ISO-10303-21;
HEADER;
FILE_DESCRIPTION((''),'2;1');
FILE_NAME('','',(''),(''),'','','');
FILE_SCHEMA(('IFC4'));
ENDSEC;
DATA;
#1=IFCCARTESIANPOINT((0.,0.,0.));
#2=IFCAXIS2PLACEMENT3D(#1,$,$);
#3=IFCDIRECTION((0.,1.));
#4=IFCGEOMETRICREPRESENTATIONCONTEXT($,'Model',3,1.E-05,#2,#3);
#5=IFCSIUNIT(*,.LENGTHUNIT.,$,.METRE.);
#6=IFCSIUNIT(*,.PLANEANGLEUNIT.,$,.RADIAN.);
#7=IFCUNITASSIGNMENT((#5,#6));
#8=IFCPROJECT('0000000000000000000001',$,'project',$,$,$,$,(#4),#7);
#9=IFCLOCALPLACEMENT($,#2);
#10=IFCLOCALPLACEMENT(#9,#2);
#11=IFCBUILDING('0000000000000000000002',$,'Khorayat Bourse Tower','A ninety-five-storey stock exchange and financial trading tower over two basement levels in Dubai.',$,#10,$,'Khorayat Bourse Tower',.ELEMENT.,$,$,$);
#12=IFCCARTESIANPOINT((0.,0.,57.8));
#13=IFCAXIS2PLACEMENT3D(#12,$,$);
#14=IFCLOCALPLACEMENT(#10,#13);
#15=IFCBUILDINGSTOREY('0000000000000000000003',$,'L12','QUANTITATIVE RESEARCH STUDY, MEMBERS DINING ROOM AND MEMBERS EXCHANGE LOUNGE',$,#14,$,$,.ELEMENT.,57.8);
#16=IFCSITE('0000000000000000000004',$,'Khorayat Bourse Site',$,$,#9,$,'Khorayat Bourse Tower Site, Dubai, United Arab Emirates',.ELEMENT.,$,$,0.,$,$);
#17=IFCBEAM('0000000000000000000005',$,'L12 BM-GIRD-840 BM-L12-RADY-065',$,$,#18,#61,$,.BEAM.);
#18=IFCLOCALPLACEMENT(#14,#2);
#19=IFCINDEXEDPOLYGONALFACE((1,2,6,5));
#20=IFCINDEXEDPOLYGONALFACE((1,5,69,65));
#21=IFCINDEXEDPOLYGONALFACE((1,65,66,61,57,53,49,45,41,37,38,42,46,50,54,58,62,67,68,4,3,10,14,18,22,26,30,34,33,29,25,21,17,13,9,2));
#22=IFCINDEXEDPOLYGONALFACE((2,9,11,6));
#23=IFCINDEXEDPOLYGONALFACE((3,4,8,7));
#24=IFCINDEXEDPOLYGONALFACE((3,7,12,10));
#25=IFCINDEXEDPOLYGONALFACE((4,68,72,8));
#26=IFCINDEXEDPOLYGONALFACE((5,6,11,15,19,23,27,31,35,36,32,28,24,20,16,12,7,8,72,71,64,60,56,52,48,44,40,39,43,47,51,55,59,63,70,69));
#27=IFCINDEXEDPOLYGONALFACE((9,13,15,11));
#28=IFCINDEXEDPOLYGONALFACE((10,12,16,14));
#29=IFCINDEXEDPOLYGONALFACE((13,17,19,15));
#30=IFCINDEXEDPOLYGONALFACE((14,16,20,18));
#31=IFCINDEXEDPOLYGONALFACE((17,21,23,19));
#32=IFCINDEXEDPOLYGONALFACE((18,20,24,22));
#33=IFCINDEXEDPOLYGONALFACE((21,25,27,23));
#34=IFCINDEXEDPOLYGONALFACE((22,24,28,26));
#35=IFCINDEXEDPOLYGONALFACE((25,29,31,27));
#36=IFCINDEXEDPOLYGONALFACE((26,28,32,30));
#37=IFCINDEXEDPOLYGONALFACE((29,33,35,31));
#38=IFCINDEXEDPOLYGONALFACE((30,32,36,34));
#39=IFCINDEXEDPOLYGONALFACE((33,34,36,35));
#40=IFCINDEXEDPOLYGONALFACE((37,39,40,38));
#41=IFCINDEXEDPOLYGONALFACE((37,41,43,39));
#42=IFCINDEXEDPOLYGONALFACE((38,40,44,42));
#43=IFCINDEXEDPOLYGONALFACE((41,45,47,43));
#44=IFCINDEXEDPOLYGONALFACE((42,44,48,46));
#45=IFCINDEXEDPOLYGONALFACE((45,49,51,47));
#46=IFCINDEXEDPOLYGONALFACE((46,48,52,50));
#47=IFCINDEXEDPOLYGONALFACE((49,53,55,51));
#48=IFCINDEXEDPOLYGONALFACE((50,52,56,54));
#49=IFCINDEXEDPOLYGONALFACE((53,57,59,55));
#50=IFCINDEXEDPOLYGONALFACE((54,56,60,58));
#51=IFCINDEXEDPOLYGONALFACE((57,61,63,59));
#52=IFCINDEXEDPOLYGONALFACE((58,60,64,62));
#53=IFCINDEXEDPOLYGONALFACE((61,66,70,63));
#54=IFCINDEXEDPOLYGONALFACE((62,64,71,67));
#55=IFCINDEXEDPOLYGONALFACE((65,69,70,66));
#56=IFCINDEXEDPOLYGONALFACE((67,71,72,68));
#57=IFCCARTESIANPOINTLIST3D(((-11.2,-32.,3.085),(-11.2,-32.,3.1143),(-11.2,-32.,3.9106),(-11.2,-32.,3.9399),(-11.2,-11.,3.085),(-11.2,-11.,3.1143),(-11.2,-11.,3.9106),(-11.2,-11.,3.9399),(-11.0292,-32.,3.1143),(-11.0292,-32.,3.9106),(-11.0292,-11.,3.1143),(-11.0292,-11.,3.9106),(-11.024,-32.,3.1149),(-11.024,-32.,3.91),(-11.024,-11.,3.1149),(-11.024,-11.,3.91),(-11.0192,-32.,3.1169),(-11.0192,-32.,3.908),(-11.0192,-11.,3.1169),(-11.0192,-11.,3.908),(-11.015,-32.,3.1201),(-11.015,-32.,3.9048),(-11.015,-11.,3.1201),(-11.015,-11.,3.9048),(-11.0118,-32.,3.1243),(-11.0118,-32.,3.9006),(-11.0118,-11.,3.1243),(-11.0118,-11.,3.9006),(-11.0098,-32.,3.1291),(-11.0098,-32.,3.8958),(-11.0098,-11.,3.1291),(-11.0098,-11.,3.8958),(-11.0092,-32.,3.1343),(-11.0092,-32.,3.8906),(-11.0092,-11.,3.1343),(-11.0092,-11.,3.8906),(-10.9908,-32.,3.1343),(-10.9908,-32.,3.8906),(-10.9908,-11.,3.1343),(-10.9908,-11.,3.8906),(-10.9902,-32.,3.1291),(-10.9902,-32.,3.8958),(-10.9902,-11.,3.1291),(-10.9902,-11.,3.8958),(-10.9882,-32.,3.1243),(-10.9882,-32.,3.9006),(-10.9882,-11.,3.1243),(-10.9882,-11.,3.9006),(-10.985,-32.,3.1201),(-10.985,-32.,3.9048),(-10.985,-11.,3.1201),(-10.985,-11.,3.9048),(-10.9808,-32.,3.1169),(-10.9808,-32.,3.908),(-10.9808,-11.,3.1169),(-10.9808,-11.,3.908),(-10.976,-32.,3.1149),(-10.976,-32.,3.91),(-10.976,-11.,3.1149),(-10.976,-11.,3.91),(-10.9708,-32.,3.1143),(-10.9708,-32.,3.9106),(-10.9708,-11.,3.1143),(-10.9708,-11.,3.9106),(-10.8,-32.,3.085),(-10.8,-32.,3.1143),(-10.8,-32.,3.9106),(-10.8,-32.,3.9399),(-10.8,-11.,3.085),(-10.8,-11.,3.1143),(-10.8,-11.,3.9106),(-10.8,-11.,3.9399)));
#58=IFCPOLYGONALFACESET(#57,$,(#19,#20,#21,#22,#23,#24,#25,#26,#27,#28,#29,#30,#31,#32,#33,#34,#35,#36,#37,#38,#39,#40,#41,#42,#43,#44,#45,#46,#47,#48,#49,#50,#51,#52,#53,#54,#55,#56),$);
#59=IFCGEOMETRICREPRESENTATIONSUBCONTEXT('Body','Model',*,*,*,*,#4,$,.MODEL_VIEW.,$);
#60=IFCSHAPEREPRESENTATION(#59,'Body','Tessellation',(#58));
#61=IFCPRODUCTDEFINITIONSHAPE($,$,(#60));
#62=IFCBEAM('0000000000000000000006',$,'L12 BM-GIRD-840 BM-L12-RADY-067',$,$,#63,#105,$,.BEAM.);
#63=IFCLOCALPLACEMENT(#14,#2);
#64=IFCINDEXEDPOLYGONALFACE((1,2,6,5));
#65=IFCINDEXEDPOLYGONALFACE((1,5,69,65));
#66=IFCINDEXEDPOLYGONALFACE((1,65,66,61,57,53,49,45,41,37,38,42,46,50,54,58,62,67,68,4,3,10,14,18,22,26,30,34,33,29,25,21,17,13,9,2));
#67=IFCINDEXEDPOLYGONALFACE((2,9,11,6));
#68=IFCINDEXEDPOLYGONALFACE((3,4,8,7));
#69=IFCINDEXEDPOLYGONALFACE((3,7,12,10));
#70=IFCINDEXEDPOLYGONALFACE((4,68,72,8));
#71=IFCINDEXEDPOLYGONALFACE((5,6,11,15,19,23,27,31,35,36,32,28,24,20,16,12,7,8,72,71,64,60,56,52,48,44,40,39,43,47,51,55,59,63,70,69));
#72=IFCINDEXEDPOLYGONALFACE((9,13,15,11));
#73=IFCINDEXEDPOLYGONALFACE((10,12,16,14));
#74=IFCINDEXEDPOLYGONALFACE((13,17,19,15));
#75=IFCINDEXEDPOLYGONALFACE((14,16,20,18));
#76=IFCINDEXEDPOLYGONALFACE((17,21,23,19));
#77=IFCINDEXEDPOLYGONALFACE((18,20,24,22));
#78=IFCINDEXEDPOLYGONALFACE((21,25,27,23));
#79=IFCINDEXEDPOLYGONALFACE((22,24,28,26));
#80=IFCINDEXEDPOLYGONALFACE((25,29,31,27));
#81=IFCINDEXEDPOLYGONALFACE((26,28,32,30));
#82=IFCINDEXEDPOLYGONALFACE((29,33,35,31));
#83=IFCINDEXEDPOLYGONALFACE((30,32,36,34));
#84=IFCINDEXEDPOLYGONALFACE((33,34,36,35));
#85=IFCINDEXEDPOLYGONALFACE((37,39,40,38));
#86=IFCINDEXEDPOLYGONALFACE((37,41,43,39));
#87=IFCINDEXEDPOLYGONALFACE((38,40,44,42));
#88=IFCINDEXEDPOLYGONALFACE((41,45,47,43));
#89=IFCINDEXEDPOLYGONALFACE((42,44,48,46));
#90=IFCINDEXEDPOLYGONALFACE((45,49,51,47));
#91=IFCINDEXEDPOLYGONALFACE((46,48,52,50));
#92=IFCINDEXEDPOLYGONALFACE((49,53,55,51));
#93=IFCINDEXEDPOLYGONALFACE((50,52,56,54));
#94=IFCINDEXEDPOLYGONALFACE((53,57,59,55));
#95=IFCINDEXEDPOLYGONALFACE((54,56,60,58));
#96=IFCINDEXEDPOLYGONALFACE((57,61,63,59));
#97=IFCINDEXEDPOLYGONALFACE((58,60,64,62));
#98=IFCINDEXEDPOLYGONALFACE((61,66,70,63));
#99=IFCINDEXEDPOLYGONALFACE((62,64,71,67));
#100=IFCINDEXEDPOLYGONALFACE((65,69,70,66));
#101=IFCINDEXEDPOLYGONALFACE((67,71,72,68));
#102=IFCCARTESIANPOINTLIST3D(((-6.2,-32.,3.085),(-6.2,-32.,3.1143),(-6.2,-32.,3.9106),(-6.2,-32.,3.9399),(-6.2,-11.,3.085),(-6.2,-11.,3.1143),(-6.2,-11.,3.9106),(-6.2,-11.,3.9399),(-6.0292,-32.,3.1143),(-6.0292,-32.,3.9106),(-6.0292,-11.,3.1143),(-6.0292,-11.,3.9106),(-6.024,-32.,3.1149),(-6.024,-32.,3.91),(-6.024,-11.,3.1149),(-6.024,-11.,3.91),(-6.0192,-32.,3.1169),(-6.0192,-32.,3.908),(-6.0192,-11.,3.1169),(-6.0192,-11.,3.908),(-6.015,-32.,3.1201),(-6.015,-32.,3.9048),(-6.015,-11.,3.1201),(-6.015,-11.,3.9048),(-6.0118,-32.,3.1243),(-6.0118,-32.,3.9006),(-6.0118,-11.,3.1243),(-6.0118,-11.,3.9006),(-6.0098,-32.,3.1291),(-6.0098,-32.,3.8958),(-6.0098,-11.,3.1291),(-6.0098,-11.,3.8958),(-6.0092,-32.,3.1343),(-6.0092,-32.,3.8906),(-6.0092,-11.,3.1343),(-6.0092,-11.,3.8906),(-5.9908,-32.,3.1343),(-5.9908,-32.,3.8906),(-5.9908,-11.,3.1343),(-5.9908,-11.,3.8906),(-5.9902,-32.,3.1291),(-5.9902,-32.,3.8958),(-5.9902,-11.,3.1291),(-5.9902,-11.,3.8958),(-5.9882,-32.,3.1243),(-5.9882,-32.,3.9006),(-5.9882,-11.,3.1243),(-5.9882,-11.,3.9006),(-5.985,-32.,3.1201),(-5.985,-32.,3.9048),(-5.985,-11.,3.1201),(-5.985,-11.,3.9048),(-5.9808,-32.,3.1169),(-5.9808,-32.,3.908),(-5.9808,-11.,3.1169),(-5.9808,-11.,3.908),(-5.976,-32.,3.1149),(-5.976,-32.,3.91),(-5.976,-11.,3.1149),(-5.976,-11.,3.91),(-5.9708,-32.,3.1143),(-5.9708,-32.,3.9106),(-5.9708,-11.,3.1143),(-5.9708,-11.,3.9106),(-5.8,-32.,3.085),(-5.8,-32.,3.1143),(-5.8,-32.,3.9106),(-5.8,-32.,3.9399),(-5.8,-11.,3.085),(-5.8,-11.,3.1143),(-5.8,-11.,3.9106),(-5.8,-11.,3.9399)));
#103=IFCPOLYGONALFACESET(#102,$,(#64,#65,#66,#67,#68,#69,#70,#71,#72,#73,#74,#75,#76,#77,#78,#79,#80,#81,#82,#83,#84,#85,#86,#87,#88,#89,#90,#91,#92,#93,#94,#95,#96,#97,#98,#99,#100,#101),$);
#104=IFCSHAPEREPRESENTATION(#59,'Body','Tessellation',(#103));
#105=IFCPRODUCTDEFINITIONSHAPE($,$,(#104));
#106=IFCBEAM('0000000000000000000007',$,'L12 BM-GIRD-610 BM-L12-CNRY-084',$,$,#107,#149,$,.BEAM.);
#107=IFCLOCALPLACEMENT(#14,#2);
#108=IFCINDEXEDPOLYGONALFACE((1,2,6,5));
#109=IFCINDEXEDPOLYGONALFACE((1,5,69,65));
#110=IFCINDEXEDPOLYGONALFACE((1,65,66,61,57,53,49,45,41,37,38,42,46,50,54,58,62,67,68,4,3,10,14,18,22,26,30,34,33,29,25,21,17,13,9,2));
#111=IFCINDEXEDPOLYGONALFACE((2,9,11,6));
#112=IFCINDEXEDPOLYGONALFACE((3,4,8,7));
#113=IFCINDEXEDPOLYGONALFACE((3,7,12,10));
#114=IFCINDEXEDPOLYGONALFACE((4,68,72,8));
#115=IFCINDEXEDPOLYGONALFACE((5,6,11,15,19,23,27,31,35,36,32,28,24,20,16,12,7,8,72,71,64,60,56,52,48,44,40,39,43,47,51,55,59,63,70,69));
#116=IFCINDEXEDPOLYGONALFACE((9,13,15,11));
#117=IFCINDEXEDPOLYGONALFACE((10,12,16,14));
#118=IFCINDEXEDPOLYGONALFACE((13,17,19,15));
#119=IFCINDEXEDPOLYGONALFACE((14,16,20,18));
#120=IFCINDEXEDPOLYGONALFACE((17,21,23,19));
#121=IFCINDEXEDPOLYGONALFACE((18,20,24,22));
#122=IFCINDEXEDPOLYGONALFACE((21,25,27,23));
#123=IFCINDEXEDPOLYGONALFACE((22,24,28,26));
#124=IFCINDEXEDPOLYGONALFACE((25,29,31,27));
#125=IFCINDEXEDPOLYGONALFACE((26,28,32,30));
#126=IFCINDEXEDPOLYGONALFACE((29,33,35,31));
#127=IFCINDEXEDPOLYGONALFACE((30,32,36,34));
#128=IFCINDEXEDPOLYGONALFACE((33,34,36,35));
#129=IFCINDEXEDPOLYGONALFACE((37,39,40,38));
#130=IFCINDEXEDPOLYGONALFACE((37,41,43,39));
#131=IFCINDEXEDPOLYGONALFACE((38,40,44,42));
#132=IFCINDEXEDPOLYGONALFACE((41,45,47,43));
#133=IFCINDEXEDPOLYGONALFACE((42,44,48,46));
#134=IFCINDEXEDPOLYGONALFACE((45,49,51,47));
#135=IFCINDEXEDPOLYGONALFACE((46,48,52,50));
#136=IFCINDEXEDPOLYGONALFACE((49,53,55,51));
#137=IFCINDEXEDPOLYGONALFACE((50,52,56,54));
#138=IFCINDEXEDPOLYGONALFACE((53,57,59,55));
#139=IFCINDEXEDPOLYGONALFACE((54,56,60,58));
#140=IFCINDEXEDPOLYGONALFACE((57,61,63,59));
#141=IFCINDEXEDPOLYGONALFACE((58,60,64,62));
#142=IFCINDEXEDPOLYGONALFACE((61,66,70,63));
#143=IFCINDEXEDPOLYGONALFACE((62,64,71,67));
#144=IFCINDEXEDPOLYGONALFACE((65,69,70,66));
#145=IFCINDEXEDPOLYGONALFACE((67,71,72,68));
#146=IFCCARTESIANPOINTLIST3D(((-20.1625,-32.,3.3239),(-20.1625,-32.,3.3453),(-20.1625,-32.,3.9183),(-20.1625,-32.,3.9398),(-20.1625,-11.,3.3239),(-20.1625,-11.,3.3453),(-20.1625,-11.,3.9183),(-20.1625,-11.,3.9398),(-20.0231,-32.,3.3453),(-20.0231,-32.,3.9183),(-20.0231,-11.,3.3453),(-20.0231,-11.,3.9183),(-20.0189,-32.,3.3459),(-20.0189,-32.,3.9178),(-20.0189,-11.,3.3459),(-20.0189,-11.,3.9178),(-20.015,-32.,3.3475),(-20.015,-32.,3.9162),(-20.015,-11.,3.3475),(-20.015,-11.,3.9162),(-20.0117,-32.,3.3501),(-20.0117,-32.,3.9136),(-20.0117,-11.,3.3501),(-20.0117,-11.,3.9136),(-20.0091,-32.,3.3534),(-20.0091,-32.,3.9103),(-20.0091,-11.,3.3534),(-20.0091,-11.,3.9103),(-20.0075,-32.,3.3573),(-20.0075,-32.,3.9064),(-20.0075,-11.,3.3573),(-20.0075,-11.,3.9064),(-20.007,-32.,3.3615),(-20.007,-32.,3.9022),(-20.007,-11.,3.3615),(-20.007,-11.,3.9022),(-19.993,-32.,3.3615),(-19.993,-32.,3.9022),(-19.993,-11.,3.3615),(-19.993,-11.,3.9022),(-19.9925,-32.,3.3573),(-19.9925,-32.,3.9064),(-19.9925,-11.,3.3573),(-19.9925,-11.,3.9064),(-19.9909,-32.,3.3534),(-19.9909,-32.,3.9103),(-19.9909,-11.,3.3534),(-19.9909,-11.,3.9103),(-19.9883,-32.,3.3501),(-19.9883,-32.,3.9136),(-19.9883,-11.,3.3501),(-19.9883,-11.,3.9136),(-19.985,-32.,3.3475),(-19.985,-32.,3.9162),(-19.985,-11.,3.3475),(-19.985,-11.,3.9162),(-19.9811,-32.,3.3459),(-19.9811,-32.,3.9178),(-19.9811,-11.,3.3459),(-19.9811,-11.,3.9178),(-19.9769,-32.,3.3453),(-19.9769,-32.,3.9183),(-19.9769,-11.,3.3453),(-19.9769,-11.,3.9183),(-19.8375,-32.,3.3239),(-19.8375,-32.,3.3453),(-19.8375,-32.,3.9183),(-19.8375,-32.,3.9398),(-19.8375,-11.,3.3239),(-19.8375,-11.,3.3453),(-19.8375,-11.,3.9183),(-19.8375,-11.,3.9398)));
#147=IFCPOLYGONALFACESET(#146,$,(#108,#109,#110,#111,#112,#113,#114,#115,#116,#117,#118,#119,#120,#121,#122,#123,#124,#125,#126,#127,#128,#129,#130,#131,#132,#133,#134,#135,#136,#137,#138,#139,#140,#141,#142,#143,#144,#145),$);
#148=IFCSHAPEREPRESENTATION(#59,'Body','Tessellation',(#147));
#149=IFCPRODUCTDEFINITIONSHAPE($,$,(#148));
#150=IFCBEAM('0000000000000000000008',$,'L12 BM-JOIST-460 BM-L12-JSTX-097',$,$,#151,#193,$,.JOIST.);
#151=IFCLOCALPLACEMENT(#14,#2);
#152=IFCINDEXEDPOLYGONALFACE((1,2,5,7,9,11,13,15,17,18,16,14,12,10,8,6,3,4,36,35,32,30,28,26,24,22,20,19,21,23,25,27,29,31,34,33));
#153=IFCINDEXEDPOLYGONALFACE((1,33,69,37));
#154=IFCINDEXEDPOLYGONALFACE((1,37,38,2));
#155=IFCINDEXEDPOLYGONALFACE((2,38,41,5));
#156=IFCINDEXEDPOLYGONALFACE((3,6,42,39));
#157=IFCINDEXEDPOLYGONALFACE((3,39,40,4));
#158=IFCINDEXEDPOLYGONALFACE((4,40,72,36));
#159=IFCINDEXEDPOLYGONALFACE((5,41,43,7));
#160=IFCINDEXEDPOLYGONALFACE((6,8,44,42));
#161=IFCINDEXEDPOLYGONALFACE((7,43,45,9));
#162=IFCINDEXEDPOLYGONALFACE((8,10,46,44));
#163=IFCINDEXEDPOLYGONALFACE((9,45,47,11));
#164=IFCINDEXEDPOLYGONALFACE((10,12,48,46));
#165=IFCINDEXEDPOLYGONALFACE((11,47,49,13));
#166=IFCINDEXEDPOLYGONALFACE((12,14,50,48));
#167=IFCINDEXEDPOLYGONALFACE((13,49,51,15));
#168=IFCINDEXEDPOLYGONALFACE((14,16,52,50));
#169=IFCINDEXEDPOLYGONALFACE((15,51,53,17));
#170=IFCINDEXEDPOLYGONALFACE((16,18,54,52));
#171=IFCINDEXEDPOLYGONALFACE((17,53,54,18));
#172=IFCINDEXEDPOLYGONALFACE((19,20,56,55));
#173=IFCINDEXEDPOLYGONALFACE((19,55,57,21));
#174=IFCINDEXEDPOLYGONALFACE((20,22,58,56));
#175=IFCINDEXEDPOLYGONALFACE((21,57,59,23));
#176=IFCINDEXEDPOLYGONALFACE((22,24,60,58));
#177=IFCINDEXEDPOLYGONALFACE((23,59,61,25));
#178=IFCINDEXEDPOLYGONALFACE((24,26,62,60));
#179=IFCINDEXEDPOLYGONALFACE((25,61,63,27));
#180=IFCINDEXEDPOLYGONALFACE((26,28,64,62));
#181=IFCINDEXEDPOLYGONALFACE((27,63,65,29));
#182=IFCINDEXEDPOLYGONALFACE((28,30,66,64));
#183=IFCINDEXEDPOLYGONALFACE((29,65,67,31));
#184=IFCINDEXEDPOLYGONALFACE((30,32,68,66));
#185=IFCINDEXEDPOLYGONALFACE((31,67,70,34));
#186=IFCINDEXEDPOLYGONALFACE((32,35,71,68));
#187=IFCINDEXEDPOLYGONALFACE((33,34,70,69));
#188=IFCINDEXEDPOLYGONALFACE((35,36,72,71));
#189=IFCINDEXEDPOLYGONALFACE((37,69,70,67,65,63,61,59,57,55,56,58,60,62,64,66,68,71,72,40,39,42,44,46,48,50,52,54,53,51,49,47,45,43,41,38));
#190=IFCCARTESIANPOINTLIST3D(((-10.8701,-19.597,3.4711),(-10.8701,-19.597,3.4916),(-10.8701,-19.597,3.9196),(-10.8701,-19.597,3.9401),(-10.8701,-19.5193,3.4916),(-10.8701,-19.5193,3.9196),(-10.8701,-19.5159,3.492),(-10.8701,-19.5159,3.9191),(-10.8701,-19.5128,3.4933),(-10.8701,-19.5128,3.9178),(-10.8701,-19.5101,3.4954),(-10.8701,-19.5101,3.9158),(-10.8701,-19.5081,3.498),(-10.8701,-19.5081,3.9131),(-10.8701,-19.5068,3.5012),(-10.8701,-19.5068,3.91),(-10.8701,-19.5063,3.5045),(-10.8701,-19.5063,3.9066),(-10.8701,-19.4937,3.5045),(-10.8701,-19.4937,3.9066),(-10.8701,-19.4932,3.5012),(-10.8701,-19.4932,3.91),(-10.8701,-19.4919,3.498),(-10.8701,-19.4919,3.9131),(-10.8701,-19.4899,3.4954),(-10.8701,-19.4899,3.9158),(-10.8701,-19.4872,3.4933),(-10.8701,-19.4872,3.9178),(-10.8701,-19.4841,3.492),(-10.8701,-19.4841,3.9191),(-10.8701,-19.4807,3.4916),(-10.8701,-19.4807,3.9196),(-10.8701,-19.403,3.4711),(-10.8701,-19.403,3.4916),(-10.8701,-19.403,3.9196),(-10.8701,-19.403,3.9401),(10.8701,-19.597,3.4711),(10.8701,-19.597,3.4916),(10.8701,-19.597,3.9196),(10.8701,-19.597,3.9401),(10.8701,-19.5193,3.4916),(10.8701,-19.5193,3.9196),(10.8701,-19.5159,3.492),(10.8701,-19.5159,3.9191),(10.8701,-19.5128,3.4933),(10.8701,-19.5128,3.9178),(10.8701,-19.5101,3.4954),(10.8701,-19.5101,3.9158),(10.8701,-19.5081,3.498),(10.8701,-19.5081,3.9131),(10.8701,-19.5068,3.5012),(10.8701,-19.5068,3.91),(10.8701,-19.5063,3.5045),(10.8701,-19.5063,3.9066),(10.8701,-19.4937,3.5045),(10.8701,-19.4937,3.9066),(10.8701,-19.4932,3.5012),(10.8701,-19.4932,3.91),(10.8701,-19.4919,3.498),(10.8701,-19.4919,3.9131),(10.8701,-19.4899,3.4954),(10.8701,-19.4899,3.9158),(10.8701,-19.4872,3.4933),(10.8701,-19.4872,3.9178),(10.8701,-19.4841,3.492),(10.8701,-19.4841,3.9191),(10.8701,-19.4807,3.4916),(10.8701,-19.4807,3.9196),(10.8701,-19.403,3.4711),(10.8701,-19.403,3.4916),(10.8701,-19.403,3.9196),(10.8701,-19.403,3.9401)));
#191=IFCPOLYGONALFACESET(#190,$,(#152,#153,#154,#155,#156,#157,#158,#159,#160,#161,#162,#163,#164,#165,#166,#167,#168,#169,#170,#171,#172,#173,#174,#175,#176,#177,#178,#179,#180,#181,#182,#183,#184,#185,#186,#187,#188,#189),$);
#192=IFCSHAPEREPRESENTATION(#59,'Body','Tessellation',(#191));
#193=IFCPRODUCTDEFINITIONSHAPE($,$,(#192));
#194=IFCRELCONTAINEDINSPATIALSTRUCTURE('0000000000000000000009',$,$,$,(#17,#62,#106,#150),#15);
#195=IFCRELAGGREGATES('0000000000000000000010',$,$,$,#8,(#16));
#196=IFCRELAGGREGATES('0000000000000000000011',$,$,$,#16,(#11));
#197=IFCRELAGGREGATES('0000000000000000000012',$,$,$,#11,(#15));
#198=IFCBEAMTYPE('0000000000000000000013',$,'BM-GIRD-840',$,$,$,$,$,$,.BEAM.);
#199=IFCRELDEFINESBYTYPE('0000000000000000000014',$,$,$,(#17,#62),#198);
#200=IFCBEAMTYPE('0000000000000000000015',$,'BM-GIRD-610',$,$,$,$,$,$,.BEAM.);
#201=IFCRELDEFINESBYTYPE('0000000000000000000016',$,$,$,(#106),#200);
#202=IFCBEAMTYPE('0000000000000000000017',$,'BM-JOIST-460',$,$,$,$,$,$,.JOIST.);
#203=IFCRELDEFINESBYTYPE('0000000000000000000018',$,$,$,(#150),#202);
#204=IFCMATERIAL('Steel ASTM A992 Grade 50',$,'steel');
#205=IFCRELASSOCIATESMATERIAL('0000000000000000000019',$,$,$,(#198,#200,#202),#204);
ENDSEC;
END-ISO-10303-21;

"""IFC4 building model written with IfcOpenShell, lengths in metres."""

from ifc_helpers import new_model, si_unit, direction, frame, origin, origin_2d, place, context, subcontext, project, spatial, i_section, extrude, source, transform, mapped, material, material_profile, profile_set, type_object, element, save


model = new_model("IFC4")

# Units and contexts
model_context = context("Model", 3, precision=1e-05, world=origin(), true_north=direction((0.0, 1.0)))
body_context = subcontext(model_context, "Body", "Model", "MODEL_VIEW")
ifc_project = project(units=[si_unit("LENGTHUNIT", "METRE"), si_unit("PLANEANGLEUNIT", "RADIAN")], contexts=[model_context])

# Site, building, storey
site_placement = place(None, origin())
site = spatial("IfcSite", under=ifc_project, at=site_placement, Name="Khorayat Bourse Site", LongName="Khorayat Bourse Tower Site, Dubai, United Arab Emirates", CompositionType="ELEMENT", RefElevation=0.0)
building_placement = place(site_placement, origin())
building = spatial("IfcBuilding", under=site, at=building_placement, Name="Khorayat Bourse Tower", Description="A ninety-five-storey stock exchange and financial trading tower over two basement levels in Dubai.", LongName="Khorayat Bourse Tower", CompositionType="ELEMENT")
storey_placement = place(building_placement, frame((0.0, 0.0, 57.8)))
storey = spatial("IfcBuildingStorey", under=building, at=storey_placement, Name="L12", Description="QUANTITATIVE RESEARCH STUDY, MEMBERS DINING ROOM AND MEMBERS EXCHANGE LOUNGE", CompositionType="ELEMENT", Elevation=57.8)

# Beams
ifc_material_1 = material(Name="Steel ASTM A992 Grade 50", Category="steel")
ifc_material_profile_1 = material_profile(ifc_material_1, i_section(OverallWidth=0.3999, OverallDepth=0.855, WebThickness=0.0183, FlangeThickness=0.0293, FilletRadius=0.02, at=origin_2d()), Name="W840X299")
ifc_profile_set_1 = profile_set([ifc_material_profile_1], Name="Steel ASTM A992 Grade 50")
beam_type_1 = type_object("IfcBeamType", Name="BM-GIRD-840", PredefinedType="BEAM", material=ifc_profile_set_1)
shared_shape_1 = source(origin(), body_context, "Body", "SweptSolid", [
    extrude(i_section(OverallWidth=0.3999, OverallDepth=0.855, WebThickness=0.0183, FlangeThickness=0.0293, FilletRadius=0.02, at=origin_2d()), origin(), (0.0, 0.0, 1.0), 21.0),
])
for number, where, z_axis, x_axis, name in (
    (1, (-11.0, -32.0, 3.5125), (0.0, 1.0, 0.0), (-1.0, 0.0, 0.0), "L12 BM-GIRD-840 BM-L12-RADY-065"),
    (2, (-6.0, -32.0, 3.5125), (0.0, 1.0, 0.0), (-1.0, 0.0, 0.0), "L12 BM-GIRD-840 BM-L12-RADY-067"),
):
    element("IfcBeam", number, at=place(storey_placement, frame(where, z_axis=z_axis, x_axis=x_axis)), inside=storey, type_object=beam_type_1, Name=name, PredefinedType="BEAM", context=body_context, shape_type="MappedRepresentation", body=[
        mapped(shared_shape_1, transform((0.0, 0.0, 0.0), scale=1.0)),
    ])
ifc_material_profile_2 = material_profile(ifc_material_1, i_section(OverallWidth=0.325, OverallDepth=0.616, WebThickness=0.0139, FlangeThickness=0.0215, FilletRadius=0.0161, at=origin_2d()), Name="W610X174")
ifc_profile_set_2 = profile_set([ifc_material_profile_2], Name="Steel ASTM A992 Grade 50")
beam_type_2 = type_object("IfcBeamType", Name="BM-GIRD-610", PredefinedType="BEAM", material=ifc_profile_set_2)
shared_shape_2 = source(origin(), body_context, "Body", "SweptSolid", [
    extrude(i_section(OverallWidth=0.325, OverallDepth=0.616, WebThickness=0.0139, FlangeThickness=0.0215, FilletRadius=0.0161, at=origin_2d()), origin(), (0.0, 0.0, 1.0), 21.0),
])
beam_1_placement = place(storey_placement, frame((-20.0, -32.0, 3.6318), z_axis=(0.0, 1.0, 0.0), x_axis=(-1.0, 0.0, 0.0)))
element("IfcBeam", 3, at=beam_1_placement, inside=storey, type_object=beam_type_2, Name="L12 BM-GIRD-610 BM-L12-CNRY-084", PredefinedType="BEAM", context=body_context, shape_type="MappedRepresentation", body=[
    mapped(shared_shape_2, transform((0.0, 0.0, 0.0), scale=1.0)),
])
ifc_material_profile_3 = material_profile(ifc_material_1, i_section(OverallWidth=0.1941, OverallDepth=0.469, WebThickness=0.0127, FlangeThickness=0.0205, FilletRadius=0.0129, at=origin_2d()), Name="W460X106")
ifc_profile_set_3 = profile_set([ifc_material_profile_3], Name="Steel ASTM A992 Grade 50")
beam_type_3 = type_object("IfcBeamType", Name="BM-JOIST-460", PredefinedType="JOIST", material=ifc_profile_set_3)
shared_shape_3 = source(origin(), body_context, "Body", "SweptSolid", [
    extrude(i_section(OverallWidth=0.1941, OverallDepth=0.469, WebThickness=0.0127, FlangeThickness=0.0205, FilletRadius=0.0129, at=origin_2d()), origin(), (0.0, 0.0, 1.0), 21.7402),
])
beam_2_placement = place(storey_placement, frame((-10.8701, -19.5, 3.7056), z_axis=(1.0, 0.0, 0.0), x_axis=(0.0, 1.0, 0.0)))
element("IfcBeam", 4, at=beam_2_placement, inside=storey, type_object=beam_type_3, Name="L12 BM-JOIST-460 BM-L12-JSTX-097", PredefinedType="JOIST", context=body_context, shape_type="MappedRepresentation", body=[
    mapped(shared_shape_3, transform((0.0, 0.0, 0.0), scale=1.0)),
])

save(model, "model.ifc")
